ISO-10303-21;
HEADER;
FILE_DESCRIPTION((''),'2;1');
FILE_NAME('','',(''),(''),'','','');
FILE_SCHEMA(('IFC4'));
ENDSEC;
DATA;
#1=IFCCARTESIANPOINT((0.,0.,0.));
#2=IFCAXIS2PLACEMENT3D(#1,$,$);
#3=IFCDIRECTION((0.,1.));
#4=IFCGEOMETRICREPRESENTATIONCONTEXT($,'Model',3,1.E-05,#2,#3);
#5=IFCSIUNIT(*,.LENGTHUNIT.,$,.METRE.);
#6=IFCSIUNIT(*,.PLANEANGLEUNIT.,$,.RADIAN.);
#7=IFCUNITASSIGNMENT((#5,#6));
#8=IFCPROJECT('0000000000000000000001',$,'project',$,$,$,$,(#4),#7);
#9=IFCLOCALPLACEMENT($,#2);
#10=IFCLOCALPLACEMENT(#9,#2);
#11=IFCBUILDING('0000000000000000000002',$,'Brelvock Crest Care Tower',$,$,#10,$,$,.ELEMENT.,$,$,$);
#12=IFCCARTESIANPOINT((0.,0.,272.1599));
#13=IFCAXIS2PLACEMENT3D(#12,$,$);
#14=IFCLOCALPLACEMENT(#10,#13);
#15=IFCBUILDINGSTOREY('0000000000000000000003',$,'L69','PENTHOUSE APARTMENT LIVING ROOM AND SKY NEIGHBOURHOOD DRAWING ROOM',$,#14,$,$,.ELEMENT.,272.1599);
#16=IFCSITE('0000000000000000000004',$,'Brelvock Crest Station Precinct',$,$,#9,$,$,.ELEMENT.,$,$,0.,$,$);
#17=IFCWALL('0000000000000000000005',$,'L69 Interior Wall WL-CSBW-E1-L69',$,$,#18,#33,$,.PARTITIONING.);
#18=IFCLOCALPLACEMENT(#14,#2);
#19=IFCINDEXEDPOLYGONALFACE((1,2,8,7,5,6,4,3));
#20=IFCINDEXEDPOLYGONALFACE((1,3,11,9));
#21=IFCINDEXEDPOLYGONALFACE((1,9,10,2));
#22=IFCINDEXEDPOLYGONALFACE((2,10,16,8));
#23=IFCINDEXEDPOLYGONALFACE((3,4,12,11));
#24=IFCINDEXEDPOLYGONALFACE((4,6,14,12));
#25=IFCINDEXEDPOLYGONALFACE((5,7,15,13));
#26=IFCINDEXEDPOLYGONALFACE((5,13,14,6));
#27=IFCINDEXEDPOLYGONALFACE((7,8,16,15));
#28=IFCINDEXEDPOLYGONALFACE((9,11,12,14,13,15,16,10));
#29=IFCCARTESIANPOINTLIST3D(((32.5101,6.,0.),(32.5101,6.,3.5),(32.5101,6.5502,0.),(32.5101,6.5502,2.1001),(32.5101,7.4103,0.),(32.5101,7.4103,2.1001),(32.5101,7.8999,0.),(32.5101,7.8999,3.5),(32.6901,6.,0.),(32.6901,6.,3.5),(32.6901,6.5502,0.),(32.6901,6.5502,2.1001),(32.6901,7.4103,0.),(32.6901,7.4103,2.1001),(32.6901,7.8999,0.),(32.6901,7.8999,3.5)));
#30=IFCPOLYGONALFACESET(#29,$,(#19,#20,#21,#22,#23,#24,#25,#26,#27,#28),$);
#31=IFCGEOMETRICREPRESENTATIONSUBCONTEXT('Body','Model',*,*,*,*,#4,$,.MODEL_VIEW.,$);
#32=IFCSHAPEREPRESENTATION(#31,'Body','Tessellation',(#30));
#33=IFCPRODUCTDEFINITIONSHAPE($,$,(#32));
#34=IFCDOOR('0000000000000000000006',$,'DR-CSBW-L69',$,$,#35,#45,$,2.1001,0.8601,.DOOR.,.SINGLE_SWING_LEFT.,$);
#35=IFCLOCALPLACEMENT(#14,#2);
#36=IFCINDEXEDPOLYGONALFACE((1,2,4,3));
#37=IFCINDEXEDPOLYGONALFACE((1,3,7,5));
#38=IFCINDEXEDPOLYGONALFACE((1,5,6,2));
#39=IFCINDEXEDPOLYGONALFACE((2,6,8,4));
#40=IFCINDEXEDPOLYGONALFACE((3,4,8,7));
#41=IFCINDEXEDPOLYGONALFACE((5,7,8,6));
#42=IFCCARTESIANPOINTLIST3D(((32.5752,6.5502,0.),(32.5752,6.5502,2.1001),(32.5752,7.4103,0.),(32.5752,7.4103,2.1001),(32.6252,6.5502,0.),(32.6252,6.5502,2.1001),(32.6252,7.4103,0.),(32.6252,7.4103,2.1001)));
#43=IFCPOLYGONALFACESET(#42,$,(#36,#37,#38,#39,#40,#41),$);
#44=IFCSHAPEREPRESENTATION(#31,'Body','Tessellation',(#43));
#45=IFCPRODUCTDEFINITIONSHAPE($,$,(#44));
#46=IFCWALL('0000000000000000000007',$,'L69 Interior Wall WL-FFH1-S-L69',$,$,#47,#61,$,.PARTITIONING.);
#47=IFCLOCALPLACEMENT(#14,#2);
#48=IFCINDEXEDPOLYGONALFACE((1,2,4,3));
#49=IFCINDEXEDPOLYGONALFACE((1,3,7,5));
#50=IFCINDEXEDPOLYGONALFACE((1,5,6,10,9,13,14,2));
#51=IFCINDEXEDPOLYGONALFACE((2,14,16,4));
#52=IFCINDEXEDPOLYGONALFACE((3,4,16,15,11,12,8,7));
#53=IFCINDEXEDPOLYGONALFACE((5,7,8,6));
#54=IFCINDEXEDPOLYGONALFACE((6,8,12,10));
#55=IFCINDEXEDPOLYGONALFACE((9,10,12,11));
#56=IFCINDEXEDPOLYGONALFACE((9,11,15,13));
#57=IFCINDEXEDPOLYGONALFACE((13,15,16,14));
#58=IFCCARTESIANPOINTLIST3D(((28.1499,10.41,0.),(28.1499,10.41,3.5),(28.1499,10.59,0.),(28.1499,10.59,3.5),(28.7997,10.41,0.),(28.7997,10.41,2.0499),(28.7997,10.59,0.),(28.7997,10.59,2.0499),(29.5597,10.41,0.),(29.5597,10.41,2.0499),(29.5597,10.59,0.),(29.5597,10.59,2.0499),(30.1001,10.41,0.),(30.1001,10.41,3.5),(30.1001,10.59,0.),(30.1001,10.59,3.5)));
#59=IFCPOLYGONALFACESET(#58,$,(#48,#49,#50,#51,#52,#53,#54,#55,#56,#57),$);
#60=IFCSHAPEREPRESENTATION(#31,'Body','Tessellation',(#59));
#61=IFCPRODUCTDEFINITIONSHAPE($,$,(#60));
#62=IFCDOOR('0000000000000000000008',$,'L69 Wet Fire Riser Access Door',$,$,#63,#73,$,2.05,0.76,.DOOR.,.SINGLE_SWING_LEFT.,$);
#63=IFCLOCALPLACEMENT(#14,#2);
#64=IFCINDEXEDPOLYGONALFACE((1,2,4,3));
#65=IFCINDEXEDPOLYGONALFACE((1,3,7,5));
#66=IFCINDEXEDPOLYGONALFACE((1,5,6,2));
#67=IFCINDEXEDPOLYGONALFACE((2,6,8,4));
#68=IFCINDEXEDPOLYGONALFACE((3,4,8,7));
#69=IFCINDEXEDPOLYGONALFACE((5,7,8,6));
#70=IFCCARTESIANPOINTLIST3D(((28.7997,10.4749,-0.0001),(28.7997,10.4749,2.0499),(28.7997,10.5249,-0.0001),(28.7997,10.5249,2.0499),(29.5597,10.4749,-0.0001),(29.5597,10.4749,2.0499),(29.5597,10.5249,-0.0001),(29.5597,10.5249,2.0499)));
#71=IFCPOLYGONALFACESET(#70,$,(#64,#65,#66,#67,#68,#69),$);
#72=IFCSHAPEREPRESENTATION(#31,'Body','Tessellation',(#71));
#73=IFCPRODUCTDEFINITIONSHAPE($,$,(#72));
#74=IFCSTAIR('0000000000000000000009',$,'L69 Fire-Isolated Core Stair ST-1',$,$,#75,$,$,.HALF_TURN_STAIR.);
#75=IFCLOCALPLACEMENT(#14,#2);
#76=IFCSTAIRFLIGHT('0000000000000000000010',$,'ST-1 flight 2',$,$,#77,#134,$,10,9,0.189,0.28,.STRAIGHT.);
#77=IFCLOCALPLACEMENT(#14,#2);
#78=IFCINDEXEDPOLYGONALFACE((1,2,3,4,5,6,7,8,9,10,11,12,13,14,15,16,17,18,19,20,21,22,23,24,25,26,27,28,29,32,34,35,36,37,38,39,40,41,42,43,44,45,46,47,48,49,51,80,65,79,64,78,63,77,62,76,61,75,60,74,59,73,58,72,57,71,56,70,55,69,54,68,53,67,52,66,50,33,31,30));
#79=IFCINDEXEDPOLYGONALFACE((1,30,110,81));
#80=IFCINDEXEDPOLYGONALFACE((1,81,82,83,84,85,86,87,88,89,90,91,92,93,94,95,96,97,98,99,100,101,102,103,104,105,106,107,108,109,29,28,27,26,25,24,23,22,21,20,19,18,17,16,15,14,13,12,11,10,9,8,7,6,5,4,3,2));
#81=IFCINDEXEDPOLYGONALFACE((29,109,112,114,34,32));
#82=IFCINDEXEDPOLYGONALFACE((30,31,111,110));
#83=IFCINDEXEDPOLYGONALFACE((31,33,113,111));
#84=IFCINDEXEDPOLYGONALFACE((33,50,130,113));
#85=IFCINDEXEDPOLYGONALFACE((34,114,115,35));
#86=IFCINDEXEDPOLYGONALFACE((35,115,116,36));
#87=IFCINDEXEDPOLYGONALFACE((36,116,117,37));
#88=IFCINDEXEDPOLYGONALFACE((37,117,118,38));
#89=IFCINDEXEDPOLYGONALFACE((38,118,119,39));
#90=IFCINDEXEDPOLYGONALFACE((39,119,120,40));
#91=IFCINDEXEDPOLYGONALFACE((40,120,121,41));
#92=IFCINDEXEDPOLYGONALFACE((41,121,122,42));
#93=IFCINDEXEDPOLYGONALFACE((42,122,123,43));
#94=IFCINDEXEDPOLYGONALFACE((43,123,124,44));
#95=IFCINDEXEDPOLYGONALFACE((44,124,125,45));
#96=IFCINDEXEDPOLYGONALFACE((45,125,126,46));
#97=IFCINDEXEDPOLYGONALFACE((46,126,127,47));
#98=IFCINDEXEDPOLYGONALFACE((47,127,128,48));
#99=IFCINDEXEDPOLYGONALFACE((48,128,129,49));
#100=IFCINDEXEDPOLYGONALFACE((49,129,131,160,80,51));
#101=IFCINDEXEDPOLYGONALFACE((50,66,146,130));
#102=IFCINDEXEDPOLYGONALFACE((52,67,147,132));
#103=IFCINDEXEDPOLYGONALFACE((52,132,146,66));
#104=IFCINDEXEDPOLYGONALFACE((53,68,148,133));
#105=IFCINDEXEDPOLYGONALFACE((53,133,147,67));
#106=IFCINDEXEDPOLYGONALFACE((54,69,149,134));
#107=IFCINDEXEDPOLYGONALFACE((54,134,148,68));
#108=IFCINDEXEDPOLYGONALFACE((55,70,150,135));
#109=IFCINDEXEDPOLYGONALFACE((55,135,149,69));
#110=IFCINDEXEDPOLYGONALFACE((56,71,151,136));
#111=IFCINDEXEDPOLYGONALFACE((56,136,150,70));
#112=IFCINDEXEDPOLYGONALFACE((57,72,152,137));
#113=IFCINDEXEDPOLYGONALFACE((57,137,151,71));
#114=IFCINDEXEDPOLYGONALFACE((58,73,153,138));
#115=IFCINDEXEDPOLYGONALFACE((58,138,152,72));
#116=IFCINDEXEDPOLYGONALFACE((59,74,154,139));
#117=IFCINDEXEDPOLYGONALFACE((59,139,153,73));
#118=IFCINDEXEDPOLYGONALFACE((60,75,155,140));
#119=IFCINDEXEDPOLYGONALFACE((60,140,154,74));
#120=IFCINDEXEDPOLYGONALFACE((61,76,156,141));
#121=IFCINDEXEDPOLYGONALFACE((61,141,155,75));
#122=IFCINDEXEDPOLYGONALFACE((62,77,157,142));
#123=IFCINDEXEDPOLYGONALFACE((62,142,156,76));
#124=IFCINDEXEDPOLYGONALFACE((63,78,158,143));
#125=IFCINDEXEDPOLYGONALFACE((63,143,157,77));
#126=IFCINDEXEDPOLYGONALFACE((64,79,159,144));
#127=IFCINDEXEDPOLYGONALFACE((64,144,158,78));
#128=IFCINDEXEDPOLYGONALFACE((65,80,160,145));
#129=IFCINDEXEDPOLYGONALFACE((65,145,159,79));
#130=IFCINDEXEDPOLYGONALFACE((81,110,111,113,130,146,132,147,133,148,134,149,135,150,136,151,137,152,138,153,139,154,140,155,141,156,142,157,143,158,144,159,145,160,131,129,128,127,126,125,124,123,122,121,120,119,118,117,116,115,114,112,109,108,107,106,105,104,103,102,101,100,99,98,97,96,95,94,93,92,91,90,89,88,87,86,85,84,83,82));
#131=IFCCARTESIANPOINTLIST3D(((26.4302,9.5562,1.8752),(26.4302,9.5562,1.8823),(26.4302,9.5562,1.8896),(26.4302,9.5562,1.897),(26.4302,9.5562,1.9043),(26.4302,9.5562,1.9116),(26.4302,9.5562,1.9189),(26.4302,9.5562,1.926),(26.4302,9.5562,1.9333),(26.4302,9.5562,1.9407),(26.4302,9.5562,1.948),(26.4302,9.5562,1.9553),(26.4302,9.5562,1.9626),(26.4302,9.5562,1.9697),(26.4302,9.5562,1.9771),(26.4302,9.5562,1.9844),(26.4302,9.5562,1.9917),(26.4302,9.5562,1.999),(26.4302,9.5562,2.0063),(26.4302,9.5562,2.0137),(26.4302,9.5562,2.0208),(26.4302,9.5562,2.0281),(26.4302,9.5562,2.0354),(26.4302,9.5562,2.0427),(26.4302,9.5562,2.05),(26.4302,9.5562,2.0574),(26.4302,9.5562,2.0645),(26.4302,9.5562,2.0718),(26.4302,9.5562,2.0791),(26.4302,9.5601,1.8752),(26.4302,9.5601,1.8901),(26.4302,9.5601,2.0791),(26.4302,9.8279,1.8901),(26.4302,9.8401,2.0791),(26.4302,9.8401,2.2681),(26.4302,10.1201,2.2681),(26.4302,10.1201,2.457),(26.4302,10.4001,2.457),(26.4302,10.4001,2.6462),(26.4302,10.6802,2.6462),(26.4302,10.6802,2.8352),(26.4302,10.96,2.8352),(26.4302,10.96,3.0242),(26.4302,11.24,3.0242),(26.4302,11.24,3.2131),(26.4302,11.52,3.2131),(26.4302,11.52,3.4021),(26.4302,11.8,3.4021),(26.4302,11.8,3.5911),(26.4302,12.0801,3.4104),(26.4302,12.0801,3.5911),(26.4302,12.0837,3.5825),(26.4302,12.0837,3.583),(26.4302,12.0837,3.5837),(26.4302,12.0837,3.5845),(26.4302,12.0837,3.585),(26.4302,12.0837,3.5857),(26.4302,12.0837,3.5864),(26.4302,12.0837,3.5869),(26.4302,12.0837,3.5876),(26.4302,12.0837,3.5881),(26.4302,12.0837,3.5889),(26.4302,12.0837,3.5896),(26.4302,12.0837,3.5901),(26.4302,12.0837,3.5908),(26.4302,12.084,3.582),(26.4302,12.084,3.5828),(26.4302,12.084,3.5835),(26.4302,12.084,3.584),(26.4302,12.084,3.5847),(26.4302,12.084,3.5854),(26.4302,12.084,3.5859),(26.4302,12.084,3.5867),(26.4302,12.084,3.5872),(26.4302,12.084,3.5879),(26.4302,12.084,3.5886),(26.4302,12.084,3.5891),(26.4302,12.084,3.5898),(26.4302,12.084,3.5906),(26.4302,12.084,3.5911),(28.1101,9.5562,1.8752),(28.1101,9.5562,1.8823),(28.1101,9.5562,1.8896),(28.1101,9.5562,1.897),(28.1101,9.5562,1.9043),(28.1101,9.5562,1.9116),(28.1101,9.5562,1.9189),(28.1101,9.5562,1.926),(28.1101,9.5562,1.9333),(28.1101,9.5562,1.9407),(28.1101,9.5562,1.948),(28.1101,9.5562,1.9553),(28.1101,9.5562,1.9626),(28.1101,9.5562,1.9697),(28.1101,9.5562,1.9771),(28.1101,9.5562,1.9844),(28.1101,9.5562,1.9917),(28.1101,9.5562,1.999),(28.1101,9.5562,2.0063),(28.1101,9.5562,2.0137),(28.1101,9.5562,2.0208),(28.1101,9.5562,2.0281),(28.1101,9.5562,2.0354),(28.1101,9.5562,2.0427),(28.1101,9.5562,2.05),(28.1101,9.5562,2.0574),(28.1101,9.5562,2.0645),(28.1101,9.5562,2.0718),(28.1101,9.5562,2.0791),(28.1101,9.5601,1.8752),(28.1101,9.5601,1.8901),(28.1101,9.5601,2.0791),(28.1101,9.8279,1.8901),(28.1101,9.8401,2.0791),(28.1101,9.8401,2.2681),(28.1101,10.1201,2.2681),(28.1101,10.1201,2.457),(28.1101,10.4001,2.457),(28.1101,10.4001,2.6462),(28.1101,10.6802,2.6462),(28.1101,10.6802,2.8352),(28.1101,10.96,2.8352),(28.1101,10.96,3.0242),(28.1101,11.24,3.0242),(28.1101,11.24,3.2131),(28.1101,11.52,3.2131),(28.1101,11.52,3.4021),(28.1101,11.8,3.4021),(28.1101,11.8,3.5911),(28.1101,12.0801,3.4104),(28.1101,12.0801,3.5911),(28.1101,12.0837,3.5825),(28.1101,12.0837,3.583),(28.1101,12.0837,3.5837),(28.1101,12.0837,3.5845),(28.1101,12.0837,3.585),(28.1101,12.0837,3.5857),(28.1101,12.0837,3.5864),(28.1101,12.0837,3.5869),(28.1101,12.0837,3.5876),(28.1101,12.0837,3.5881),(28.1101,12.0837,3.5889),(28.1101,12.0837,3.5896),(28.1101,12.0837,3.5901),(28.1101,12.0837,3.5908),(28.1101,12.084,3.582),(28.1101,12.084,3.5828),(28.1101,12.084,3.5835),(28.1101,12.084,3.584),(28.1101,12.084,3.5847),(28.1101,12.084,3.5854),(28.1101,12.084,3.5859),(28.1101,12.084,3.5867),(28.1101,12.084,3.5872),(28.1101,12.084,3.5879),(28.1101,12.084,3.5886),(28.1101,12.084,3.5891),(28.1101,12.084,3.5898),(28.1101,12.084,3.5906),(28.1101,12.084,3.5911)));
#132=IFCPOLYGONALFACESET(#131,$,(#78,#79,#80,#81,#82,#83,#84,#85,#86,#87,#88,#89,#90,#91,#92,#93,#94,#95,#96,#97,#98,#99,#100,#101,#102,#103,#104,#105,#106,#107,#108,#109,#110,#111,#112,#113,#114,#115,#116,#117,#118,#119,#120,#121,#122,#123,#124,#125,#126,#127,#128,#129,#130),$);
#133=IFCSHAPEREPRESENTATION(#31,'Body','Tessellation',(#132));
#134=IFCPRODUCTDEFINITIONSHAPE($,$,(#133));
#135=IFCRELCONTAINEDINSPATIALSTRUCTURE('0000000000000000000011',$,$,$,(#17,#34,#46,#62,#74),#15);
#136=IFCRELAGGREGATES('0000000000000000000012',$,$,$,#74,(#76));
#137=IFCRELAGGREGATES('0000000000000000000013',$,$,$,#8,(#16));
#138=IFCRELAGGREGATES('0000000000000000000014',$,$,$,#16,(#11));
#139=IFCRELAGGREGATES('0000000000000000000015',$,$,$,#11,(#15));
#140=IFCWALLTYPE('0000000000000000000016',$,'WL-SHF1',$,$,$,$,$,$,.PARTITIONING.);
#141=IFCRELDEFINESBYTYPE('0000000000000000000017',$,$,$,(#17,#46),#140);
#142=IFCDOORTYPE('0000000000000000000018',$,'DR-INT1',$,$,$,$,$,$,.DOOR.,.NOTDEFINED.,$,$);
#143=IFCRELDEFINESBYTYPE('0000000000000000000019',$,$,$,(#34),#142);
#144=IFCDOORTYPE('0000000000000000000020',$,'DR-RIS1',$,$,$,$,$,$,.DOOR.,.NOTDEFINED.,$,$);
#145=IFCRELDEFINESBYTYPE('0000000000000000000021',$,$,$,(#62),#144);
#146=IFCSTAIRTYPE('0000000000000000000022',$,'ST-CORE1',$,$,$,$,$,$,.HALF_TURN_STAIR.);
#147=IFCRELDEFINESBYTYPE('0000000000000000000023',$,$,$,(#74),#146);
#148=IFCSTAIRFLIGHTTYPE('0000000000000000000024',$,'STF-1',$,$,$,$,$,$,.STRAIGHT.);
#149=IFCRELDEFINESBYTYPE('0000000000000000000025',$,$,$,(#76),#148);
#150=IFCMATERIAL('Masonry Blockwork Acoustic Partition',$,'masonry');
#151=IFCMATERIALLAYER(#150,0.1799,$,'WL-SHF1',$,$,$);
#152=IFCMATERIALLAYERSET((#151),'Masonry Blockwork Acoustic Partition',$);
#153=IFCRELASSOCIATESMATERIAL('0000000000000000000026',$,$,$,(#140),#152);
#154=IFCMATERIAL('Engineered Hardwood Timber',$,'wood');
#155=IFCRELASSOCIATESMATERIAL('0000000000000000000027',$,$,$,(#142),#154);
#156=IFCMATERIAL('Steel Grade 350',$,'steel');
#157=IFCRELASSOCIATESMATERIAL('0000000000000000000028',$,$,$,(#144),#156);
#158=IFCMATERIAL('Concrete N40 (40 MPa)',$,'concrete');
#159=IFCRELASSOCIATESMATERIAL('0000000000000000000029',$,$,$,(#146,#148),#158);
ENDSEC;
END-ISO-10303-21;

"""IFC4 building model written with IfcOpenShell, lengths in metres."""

from ifc_helpers import new_model, si_unit, direction, frame, frame_2d, origin, origin_2d, place, context, subcontext, project, spatial, polyline, rectangle, outline, extrude, source, transform, mapped, material, layer, layer_set, type_object, element, fill, aggregate, save


model = new_model("IFC4")

# Units and contexts
model_context = context("Model", 3, precision=1e-05, world=origin(), true_north=direction((0.0, 1.0)))
body_context = subcontext(model_context, "Body", "Model", "MODEL_VIEW")
ifc_project = project(units=[si_unit("LENGTHUNIT", "METRE"), si_unit("PLANEANGLEUNIT", "RADIAN")], contexts=[model_context])

# Site, building, storey
site_placement = place(None, origin())
site = spatial("IfcSite", under=ifc_project, at=site_placement, Name="Brelvock Crest Station Precinct", CompositionType="ELEMENT", RefElevation=0.0)
building_placement = place(site_placement, origin())
building = spatial("IfcBuilding", under=site, at=building_placement, Name="Brelvock Crest Care Tower", CompositionType="ELEMENT")
storey_placement = place(building_placement, frame((0.0, 0.0, 272.1599)))
storey = spatial("IfcBuildingStorey", under=building, at=storey_placement, Name="L69", Description="PENTHOUSE APARTMENT LIVING ROOM AND SKY NEIGHBOURHOOD DRAWING ROOM", CompositionType="ELEMENT", Elevation=272.1599)

# Shared definitions
ifc_material_1 = material(Name="Steel Grade 350", Category="steel")

# Shared definitions
ifc_material_2 = material(Name="Masonry Blockwork Acoustic Partition", Category="masonry")

# Shared definitions
ifc_layer_1 = layer(ifc_material_2, 0.1799, Name="WL-SHF1")
ifc_layer_set_1 = layer_set([ifc_layer_1], Name="Masonry Blockwork Acoustic Partition")
wall_type_1 = type_object("IfcWallType", Name="WL-SHF1", PredefinedType="PARTITIONING", material=ifc_layer_set_1)

# Walls, openings, doors
wall_1_placement = place(storey_placement, frame((32.6001, 6.0, 0.0), z_axis=(0.0, 0.0, 1.0), x_axis=(0.0, 1.0, 0.0)))
wall_1 = element("IfcWall", 1, at=wall_1_placement, inside=storey, type_object=wall_type_1, Name="L69 Interior Wall WL-CSBW-E1-L69", PredefinedType="PARTITIONING", context=body_context, shape_type="SweptSolid", body=[
    extrude(rectangle(XDim=1.8999, YDim=0.1799, at=frame_2d((0.95, 0.0))), origin(), (0.0, 0.0, 1.0), 3.5),
])
opening_1_placement = place(wall_1_placement, frame((0.55, 0.0, 0.0)))
opening_1 = element("IfcOpeningElement", 2, at=opening_1_placement, cuts=wall_1, PredefinedType="OPENING", context=body_context, shape_type="SweptSolid", body=[
    extrude(rectangle(XDim=0.8601, YDim=2.1001, at=origin_2d()), frame((0.4302, 0.1001, 1.05), z_axis=(0.0, -1.0, 0.0), x_axis=(1.0, 0.0, 0.0)), (0.0, 0.0, 1.0), 0.2),
])
ifc_material_3 = material(Name="Engineered Hardwood Timber", Category="wood")
door_type_1 = type_object("IfcDoorType", Name="DR-INT1", OperationType="NOTDEFINED", PredefinedType="DOOR", material=ifc_material_3)
shared_shape_1 = source(origin(), body_context, "Body", "SweptSolid", [
    extrude(rectangle(XDim=0.8601, YDim=2.1001, at=origin_2d()), frame((0.4302, 0.0249, 1.05), z_axis=(0.0, -1.0, 0.0), x_axis=(1.0, 0.0, 0.0)), (0.0, 0.0, 1.0), 0.05),
])
door_1_placement = place(opening_1_placement, origin())
door_1 = element("IfcDoor", 3, at=door_1_placement, inside=storey, type_object=door_type_1, Name="DR-CSBW-L69", OperationType="SINGLE_SWING_LEFT", OverallHeight=2.1001, OverallWidth=0.8601, PredefinedType="DOOR", context=body_context, shape_type="MappedRepresentation", body=[
    mapped(shared_shape_1, transform((0.0, 0.0, 0.0), x_axis=(1.0, 0.0, 0.0), y_axis=(0.0, 1.0, 0.0), z_axis=(0.0, 0.0, 1.0), scale=1.0)),
])
fill(opening_1, door_1)
wall_2_placement = place(storey_placement, frame((28.1499, 10.5, 0.0), z_axis=(0.0, 0.0, 1.0), x_axis=(1.0, 0.0, 0.0)))
wall_2 = element("IfcWall", 4, at=wall_2_placement, inside=storey, type_object=wall_type_1, Name="L69 Interior Wall WL-FFH1-S-L69", PredefinedType="PARTITIONING", context=body_context, shape_type="SweptSolid", body=[
    extrude(rectangle(XDim=1.9502, YDim=0.1799, at=frame_2d((0.9751, 0.0))), origin(), (0.0, 0.0, 1.0), 3.5),
])
opening_2_placement = place(wall_2_placement, frame((0.6499, 0.0, 0.0)))
opening_2 = element("IfcOpeningElement", 5, at=opening_2_placement, cuts=wall_2, PredefinedType="OPENING", context=body_context, shape_type="SweptSolid", body=[
    extrude(rectangle(XDim=0.76, YDim=2.05, at=origin_2d()), frame((0.3799, 0.1001, 1.0249), z_axis=(0.0, -1.0, 0.0), x_axis=(1.0, 0.0, 0.0)), (0.0, 0.0, 1.0), 0.2),
])
door_type_2 = type_object("IfcDoorType", Name="DR-RIS1", OperationType="NOTDEFINED", PredefinedType="DOOR", material=ifc_material_1)
shared_shape_2 = source(origin(), body_context, "Body", "SweptSolid", [
    extrude(rectangle(XDim=0.76, YDim=2.05, at=origin_2d()), frame((0.3799, 0.0249, 1.0249), z_axis=(0.0, -1.0, 0.0), x_axis=(1.0, 0.0, 0.0)), (0.0, 0.0, 1.0), 0.05),
])
door_2_placement = place(opening_2_placement, origin())
door_2 = element("IfcDoor", 6, at=door_2_placement, inside=storey, type_object=door_type_2, Name="L69 Wet Fire Riser Access Door", OperationType="SINGLE_SWING_LEFT", OverallHeight=2.05, OverallWidth=0.76, PredefinedType="DOOR", context=body_context, shape_type="MappedRepresentation", body=[
    mapped(shared_shape_2, transform((0.0, 0.0, 0.0), x_axis=(1.0, 0.0, 0.0), y_axis=(0.0, 1.0, 0.0), z_axis=(0.0, 0.0, 1.0), scale=1.0)),
])
fill(opening_2, door_2)

# Stair, stair flight
ifc_material_4 = material(Name="Concrete N40 (40 MPa)", Category="concrete")
stair_type = type_object("IfcStairType", Name="ST-CORE1", PredefinedType="HALF_TURN_STAIR", material=ifc_material_4)
stair_placement = place(storey_placement, origin())
stair = element("IfcStair", 7, at=stair_placement, inside=storey, type_object=stair_type, Name="L69 Fire-Isolated Core Stair ST-1", PredefinedType="HALF_TURN_STAIR")
stair_flight_type = type_object("IfcStairFlightType", Name="STF-1", PredefinedType="STRAIGHT", material=ifc_material_4)
stair_flight_placement = place(storey_placement, frame((27.27, 9.5601, 1.8901), z_axis=(0.0, 0.0, 1.0), x_axis=(0.0, 1.0, 0.0)))
stair_flight = element("IfcStairFlight", 8, at=stair_flight_placement, type_object=stair_flight_type, Name="ST-1 flight 2", NumberOfRisers=10, NumberOfTreads=9, PredefinedType="STRAIGHT", RiserHeight=0.189, TreadLength=0.28, context=body_context, shape_type="SweptSolid", body=[
    extrude(outline(polyline([(-0.0039, -0.0149), (-0.0039, -0.0078), (-0.0039, -0.0005), (-0.0039, 0.0068), (-0.0039, 0.0142), (-0.0039, 0.0215), (-0.0039, 0.0288), (-0.0039, 0.0359), (-0.0039, 0.0432), (-0.0039, 0.0505), (-0.0039, 0.0579), (-0.0039, 0.0652), (-0.0039, 0.0725), (-0.0039, 0.0796), (-0.0039, 0.0869), (-0.0039, 0.0942), (-0.0039, 0.1016), (-0.0039, 0.1089), (-0.0039, 0.1162), (-0.0039, 0.1235), (-0.0039, 0.1306), (-0.0039, 0.1379), (-0.0039, 0.1453), (-0.0039, 0.1526), (-0.0039, 0.1599), (-0.0039, 0.1672), (-0.0039, 0.1743), (-0.0039, 0.1816), (-0.0039, 0.189), (0.0, 0.189), (0.28, 0.189), (0.28, 0.3779), (0.5601, 0.3779), (0.5601, 0.5669), (0.8401, 0.5669), (0.8401, 0.7561), (1.1201, 0.7561), (1.1201, 0.9451), (1.3999, 0.9451), (1.3999, 1.134), (1.6799, 1.134), (1.6799, 1.323), (1.96, 1.323), (1.96, 1.512), (2.24, 1.512), (2.24, 1.7009), (2.52, 1.7009), (2.5239, 1.7009), (2.5237, 1.7007), (2.5239, 1.7004), (2.5237, 1.7), (2.5239, 1.6997), (2.5237, 1.6995), (2.5239, 1.699), (2.5237, 1.6987), (2.5239, 1.6985), (2.5237, 1.698), (2.5239, 1.6978), (2.5237, 1.6975), (2.5239, 1.697), (2.5237, 1.6968), (2.5239, 1.6965), (2.5237, 1.6963), (2.5239, 1.6958), (2.5237, 1.6956), (2.5239, 1.6953), (2.5237, 1.6948), (2.5239, 1.6946), (2.5237, 1.6943), (2.5239, 1.6938), (2.5237, 1.6936), (2.5239, 1.6934), (2.5237, 1.6929), (2.5239, 1.6926), (2.5237, 1.6924), (2.5239, 1.6919), (2.52, 1.5203), (0.2678, 0.0), (0.0, 0.0), (0.0, -0.0149), (-0.0039, -0.0149)])), frame((0.0, 0.8398, 0.0), z_axis=(0.0, -1.0, 0.0), x_axis=(1.0, 0.0, 0.0)), (0.0, 0.0, 1.0), 1.6799),
])
aggregate(stair, [stair_flight])

save(model, "model.ifc")
